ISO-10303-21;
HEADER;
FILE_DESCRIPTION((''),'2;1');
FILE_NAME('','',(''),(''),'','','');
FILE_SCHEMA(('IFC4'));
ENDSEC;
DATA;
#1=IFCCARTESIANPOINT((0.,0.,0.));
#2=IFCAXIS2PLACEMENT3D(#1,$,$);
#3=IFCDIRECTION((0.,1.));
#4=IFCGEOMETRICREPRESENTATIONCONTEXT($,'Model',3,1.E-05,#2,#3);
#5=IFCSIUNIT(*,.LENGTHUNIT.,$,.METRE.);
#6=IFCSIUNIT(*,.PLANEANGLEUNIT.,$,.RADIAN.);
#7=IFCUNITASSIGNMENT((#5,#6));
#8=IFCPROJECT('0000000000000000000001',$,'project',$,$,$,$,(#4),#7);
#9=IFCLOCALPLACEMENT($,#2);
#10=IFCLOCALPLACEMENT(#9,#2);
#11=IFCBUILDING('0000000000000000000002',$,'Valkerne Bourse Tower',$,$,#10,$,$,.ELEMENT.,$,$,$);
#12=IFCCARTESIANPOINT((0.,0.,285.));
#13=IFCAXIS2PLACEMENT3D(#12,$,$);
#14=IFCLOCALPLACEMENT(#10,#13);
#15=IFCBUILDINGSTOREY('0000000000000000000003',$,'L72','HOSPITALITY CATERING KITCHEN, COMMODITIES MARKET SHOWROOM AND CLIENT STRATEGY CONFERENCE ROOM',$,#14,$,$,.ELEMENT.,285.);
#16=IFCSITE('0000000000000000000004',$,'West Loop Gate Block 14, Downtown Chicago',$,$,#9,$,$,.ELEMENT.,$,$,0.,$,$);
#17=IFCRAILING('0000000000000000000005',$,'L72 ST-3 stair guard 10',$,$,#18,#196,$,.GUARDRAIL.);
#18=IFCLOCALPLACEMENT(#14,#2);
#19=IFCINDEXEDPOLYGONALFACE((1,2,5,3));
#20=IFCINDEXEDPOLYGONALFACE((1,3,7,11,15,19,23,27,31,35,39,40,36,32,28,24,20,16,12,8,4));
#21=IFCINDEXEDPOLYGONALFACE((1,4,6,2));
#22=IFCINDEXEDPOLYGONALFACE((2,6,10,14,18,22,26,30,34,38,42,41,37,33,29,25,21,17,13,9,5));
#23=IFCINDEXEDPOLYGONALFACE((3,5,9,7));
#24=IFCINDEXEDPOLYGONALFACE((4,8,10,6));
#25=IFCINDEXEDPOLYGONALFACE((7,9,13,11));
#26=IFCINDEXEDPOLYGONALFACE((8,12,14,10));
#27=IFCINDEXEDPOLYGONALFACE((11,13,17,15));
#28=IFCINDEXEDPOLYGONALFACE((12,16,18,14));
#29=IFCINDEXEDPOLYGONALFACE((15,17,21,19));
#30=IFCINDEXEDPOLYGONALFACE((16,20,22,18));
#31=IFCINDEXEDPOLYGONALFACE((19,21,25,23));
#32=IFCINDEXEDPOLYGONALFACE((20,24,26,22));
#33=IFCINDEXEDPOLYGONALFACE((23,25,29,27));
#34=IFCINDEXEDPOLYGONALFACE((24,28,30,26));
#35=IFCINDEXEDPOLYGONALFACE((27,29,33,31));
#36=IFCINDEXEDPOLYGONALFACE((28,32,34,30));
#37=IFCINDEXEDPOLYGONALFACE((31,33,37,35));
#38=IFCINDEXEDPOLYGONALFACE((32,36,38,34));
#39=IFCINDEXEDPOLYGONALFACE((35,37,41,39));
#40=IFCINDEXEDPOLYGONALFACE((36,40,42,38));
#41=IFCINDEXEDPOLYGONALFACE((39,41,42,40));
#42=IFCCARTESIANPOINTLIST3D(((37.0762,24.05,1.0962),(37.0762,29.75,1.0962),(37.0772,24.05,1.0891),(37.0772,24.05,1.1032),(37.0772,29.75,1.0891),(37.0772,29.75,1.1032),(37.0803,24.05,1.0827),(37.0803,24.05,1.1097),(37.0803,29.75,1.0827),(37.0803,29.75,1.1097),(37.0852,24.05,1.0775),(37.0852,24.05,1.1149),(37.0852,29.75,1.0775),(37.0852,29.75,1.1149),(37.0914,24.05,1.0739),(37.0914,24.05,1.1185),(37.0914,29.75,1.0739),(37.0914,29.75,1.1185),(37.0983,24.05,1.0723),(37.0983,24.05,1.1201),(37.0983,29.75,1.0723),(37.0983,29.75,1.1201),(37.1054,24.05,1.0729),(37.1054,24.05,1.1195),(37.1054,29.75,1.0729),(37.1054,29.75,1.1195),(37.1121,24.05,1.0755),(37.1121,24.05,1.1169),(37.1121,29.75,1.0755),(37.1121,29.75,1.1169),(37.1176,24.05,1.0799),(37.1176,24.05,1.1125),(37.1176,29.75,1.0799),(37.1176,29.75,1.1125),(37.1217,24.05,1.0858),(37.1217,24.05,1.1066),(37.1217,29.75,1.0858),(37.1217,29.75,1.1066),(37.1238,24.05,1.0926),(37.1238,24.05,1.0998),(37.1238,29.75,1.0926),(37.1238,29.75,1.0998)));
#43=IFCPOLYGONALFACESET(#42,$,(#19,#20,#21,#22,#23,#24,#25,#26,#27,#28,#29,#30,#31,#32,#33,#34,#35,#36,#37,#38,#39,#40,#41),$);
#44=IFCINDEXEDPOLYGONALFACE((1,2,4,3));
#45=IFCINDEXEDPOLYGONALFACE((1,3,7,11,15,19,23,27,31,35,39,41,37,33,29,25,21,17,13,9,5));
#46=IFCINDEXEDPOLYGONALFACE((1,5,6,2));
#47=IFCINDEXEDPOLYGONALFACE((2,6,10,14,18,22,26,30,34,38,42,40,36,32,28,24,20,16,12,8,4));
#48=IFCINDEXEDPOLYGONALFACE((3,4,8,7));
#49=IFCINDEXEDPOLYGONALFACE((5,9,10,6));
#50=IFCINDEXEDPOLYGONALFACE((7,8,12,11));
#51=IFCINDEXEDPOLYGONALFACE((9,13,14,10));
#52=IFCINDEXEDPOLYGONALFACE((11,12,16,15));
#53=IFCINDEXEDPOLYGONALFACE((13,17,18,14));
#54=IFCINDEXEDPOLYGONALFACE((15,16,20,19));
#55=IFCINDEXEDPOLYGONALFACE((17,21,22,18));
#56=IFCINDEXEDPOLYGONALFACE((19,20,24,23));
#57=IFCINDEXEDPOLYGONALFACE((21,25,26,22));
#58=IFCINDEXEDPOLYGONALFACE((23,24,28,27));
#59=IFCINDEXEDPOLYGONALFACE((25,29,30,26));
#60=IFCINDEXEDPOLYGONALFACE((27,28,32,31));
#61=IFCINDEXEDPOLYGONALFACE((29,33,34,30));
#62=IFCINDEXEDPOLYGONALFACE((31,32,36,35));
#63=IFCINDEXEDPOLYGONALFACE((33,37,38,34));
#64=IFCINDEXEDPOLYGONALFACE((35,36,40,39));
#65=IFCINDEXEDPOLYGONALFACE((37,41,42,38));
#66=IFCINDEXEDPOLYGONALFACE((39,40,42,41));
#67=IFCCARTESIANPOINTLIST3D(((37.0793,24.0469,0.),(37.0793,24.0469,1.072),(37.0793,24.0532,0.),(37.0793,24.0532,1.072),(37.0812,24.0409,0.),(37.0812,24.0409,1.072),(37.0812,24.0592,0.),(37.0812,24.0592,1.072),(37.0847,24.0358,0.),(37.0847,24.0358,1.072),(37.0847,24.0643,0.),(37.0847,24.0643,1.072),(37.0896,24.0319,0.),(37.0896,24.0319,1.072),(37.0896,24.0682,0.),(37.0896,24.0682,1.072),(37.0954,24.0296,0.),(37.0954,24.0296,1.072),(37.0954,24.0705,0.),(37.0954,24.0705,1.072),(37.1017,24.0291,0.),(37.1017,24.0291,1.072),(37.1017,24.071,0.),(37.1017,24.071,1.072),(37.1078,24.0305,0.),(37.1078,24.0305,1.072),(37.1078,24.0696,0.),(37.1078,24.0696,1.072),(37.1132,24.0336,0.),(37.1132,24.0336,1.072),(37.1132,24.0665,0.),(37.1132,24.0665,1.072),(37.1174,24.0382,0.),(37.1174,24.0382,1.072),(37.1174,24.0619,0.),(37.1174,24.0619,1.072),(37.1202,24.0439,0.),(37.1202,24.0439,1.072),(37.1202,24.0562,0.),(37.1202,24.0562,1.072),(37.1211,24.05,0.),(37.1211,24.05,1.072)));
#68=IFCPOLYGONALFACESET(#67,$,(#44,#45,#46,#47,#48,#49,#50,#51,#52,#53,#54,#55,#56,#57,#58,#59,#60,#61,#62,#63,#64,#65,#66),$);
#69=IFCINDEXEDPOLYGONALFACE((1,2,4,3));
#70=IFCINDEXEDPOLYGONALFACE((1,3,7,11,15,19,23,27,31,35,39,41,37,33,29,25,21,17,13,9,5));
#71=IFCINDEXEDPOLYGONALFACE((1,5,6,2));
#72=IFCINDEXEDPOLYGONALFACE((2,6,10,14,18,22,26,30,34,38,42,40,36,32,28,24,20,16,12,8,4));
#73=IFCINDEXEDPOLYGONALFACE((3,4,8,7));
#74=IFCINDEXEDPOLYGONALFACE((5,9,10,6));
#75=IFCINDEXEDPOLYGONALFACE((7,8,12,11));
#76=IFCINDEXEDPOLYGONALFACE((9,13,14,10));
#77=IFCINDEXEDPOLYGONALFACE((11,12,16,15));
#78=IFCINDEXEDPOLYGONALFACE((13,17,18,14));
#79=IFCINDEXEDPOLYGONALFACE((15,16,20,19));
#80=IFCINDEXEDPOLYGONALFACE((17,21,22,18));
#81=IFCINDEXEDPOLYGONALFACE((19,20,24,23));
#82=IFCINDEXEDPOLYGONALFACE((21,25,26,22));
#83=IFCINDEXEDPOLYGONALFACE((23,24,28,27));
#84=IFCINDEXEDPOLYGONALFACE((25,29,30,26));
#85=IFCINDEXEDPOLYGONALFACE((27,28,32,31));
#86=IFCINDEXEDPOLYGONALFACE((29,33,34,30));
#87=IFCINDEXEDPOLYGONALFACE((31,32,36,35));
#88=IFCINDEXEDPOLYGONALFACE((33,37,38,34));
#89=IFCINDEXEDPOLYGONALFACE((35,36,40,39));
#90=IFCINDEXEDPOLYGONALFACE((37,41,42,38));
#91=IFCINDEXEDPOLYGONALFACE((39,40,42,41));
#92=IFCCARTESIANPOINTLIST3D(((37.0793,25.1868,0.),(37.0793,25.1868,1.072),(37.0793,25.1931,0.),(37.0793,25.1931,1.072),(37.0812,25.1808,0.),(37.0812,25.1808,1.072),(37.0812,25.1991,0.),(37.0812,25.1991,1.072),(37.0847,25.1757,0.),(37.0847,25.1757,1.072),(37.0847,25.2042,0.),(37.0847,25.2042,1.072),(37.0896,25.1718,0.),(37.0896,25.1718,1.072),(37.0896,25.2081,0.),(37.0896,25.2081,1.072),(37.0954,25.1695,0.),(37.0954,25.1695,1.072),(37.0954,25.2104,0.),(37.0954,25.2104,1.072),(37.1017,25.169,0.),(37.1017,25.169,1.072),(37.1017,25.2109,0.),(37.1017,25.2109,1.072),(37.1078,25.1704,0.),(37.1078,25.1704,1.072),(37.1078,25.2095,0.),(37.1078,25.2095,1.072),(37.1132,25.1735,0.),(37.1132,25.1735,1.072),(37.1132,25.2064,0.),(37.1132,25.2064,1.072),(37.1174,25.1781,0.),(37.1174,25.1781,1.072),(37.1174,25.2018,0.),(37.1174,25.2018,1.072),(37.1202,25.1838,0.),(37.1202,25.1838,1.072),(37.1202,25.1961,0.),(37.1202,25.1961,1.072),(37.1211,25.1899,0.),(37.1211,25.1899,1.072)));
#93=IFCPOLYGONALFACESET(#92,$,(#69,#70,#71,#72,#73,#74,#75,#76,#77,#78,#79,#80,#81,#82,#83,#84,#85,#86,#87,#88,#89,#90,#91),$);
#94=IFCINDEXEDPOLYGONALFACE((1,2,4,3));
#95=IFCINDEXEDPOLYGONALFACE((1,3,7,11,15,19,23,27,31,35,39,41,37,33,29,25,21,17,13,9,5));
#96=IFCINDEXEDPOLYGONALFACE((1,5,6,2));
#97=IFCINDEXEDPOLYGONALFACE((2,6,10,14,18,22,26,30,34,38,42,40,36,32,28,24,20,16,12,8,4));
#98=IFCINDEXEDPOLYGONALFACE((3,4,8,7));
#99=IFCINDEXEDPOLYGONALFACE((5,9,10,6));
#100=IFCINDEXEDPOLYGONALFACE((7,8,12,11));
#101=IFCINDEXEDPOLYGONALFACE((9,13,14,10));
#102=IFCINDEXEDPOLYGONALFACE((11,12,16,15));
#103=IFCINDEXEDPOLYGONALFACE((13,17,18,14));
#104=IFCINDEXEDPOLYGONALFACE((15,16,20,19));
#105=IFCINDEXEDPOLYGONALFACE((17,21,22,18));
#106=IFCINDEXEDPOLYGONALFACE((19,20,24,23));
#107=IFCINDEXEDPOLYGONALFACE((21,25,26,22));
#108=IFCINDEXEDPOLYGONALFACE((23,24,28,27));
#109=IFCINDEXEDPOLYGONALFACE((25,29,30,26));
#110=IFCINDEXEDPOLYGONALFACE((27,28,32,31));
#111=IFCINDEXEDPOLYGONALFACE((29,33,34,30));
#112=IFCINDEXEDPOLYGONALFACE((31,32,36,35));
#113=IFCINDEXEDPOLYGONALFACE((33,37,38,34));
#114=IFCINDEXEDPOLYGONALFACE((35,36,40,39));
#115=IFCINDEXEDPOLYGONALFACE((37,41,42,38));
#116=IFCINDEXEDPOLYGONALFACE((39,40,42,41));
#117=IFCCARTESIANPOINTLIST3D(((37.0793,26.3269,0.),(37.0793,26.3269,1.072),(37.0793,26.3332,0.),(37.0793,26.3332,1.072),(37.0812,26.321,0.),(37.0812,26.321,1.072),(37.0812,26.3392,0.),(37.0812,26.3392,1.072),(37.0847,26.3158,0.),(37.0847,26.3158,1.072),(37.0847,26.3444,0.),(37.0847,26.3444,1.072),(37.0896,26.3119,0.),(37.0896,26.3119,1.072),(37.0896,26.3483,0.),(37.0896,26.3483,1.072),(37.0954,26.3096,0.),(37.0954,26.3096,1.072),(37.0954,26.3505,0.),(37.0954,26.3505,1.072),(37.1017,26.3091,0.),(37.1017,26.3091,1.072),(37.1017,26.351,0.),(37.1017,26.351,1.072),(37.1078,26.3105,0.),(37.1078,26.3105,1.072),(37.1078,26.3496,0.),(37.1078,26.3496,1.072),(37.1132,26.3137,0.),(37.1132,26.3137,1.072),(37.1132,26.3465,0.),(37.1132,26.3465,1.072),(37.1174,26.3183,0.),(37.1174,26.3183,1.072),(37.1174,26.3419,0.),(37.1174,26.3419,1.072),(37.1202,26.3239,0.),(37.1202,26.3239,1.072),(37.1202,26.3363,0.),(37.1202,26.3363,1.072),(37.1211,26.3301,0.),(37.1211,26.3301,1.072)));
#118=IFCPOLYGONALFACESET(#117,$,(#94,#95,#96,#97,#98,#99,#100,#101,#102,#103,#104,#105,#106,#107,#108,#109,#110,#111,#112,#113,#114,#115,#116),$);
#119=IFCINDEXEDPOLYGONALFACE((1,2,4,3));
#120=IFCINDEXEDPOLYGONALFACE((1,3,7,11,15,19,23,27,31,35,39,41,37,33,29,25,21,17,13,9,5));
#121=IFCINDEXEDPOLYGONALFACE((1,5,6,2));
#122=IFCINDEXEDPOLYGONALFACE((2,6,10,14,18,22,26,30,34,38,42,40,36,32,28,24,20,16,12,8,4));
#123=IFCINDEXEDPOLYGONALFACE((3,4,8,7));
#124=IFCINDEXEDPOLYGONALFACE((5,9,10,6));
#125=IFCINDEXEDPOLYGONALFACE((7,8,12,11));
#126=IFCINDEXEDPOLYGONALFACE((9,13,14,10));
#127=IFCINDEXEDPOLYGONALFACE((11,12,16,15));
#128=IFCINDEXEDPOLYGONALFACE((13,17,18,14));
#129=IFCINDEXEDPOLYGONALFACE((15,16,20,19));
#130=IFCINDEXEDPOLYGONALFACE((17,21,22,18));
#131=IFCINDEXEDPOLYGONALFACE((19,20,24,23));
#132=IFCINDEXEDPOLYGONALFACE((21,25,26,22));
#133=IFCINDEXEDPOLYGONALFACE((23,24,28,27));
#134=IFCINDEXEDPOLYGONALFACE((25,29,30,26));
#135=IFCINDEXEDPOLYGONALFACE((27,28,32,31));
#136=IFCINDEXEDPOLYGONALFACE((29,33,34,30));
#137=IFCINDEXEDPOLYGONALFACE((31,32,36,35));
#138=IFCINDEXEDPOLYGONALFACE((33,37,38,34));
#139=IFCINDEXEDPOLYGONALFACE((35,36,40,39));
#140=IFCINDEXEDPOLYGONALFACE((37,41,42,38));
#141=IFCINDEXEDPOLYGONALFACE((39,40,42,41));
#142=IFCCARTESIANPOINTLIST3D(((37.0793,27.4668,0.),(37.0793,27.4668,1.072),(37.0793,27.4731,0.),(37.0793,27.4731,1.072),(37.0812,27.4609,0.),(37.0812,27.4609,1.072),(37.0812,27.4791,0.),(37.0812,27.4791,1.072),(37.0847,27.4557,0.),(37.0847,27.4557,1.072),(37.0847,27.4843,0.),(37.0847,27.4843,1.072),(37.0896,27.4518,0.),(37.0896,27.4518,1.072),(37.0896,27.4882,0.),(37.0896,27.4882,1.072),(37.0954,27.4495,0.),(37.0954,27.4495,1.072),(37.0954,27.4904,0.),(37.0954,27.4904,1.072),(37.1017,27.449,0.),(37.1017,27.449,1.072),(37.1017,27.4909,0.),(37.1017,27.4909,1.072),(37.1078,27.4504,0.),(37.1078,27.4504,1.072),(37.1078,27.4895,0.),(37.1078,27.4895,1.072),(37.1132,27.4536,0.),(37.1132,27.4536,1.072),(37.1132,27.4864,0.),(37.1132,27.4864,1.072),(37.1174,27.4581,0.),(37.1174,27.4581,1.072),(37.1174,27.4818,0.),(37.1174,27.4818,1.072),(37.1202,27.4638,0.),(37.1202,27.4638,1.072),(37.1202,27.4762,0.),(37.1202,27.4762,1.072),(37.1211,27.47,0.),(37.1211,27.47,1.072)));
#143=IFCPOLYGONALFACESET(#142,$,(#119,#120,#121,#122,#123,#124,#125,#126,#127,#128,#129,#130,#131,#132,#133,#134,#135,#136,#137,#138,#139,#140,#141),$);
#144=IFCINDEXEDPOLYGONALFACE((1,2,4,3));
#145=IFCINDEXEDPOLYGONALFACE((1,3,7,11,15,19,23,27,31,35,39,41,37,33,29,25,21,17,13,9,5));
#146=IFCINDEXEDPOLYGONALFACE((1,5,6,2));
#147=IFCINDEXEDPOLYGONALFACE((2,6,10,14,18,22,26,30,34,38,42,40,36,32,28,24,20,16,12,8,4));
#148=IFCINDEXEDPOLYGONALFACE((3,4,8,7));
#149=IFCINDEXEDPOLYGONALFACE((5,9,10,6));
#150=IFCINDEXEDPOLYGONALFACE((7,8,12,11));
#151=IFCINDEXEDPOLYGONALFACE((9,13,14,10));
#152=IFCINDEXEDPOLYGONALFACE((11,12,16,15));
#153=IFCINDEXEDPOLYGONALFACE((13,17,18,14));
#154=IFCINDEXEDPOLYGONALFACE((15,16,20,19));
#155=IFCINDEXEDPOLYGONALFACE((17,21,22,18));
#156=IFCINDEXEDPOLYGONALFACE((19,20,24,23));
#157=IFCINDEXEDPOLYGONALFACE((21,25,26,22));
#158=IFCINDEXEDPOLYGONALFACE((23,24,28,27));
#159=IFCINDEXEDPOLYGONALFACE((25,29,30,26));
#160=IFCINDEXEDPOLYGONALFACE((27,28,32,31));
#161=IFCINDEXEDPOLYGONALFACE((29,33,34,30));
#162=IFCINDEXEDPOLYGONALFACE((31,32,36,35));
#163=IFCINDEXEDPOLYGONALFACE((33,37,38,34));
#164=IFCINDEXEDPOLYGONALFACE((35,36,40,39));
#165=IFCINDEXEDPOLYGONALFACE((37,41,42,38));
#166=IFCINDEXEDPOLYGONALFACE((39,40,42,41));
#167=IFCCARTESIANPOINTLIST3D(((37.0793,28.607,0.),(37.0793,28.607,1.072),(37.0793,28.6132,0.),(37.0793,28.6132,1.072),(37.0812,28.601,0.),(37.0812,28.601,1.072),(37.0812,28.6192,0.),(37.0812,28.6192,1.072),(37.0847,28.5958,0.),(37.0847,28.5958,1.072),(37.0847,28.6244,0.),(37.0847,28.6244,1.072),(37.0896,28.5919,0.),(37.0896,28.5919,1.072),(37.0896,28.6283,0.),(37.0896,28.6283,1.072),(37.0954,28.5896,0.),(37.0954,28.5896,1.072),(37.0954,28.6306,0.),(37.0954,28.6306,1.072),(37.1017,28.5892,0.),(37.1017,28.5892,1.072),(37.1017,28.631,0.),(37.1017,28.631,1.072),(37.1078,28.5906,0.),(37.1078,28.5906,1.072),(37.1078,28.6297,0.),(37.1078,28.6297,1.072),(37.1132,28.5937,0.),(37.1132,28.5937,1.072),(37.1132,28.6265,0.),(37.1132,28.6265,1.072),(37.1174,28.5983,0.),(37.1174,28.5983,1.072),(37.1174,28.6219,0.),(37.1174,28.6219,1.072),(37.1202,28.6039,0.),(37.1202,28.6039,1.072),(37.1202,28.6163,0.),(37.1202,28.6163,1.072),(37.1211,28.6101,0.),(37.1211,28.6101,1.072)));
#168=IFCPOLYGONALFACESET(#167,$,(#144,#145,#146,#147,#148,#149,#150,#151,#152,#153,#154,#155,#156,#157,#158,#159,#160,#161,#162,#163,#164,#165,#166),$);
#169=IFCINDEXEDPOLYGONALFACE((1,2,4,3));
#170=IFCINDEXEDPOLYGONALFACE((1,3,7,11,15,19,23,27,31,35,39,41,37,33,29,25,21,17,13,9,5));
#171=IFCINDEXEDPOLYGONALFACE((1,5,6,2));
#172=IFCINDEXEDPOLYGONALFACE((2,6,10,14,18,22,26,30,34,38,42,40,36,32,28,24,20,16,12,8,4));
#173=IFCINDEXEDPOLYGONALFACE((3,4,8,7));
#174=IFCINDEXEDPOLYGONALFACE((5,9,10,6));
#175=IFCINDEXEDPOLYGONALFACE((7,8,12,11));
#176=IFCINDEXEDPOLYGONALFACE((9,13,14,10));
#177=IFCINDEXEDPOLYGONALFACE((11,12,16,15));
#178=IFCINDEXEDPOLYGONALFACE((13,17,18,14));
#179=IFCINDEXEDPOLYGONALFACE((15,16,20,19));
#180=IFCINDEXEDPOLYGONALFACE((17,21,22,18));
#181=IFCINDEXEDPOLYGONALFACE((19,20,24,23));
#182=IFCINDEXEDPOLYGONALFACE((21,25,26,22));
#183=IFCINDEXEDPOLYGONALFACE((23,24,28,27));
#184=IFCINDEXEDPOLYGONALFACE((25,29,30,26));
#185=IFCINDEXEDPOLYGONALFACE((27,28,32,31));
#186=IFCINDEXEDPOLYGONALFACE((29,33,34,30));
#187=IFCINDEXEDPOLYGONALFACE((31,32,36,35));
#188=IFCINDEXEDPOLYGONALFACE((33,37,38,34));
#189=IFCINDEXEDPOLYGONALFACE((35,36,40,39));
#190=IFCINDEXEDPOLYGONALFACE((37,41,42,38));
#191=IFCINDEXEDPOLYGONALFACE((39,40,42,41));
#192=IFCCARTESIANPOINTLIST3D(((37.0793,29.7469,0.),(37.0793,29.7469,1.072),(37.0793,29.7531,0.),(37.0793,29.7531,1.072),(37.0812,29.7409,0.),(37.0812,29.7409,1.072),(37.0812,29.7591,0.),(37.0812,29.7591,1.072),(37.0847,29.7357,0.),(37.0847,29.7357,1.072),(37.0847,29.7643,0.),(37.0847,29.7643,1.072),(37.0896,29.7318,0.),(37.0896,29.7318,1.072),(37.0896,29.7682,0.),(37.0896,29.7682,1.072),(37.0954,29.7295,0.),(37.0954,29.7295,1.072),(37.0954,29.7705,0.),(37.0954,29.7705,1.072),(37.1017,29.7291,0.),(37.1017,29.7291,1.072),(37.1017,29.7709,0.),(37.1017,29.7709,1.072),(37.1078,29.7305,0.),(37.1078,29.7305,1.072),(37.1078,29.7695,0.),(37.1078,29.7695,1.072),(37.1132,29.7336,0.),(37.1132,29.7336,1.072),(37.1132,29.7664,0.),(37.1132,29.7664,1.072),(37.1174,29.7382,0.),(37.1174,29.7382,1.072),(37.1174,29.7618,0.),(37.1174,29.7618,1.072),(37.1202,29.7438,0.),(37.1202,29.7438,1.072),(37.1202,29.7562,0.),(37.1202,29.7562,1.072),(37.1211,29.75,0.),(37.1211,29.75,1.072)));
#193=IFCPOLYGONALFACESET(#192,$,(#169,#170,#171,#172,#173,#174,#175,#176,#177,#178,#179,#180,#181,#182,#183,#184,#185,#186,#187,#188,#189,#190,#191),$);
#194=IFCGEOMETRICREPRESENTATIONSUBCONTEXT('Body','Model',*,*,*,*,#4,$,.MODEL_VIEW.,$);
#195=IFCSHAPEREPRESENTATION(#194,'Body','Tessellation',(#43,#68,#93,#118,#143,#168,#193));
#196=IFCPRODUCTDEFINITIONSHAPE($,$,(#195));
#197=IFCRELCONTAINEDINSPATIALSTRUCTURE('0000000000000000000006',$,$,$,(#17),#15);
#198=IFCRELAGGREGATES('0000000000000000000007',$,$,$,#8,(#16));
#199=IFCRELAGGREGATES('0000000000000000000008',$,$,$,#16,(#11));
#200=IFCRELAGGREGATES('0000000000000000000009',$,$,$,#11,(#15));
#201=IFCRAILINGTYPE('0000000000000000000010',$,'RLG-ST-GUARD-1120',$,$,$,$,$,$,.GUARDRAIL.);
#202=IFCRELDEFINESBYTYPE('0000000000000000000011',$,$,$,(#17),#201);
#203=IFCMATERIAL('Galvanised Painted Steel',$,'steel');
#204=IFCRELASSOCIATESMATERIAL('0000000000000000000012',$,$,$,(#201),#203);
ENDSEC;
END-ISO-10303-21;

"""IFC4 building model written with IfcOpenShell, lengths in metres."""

from ifc_helpers import new_model, si_unit, direction, frame, origin, origin_2d, place, context, subcontext, project, spatial, circle, extrude, material, type_object, element, save


model = new_model("IFC4")

# Units and contexts
model_context = context("Model", 3, precision=1e-05, world=origin(), true_north=direction((0.0, 1.0)))
body_context = subcontext(model_context, "Body", "Model", "MODEL_VIEW")
ifc_project = project(units=[si_unit("LENGTHUNIT", "METRE"), si_unit("PLANEANGLEUNIT", "RADIAN")], contexts=[model_context])

# Site, building, storey
site_placement = place(None, origin())
site = spatial("IfcSite", under=ifc_project, at=site_placement, Name="West Loop Gate Block 14, Downtown Chicago", CompositionType="ELEMENT", RefElevation=0.0)
building_placement = place(site_placement, origin())
building = spatial("IfcBuilding", under=site, at=building_placement, Name="Valkerne Bourse Tower", CompositionType="ELEMENT")
storey_placement = place(building_placement, frame((0.0, 0.0, 285.0)))
storey = spatial("IfcBuildingStorey", under=building, at=storey_placement, Name="L72", Description="HOSPITALITY CATERING KITCHEN, COMMODITIES MARKET SHOWROOM AND CLIENT STRATEGY CONFERENCE ROOM", CompositionType="ELEMENT", Elevation=285.0)

# Railing
ifc_material_1 = material(Name="Galvanised Painted Steel", Category="steel")
railing_type_1 = type_object("IfcRailingType", Name="RLG-ST-GUARD-1120", PredefinedType="GUARDRAIL", material=ifc_material_1)
railing_1_placement = place(storey_placement, frame((37.1001, 24.05, 0.0)))
element("IfcRailing", 1, at=railing_1_placement, inside=storey, type_object=railing_type_1, Name="L72 ST-3 stair guard 10", PredefinedType="GUARDRAIL", context=body_context, shape_type="SweptSolid", body=[
    extrude(circle(Radius=0.0239, at=origin_2d()), frame((0.0, 0.0, 1.0962), z_axis=(0.0, 1.0, 0.0), x_axis=(-1.0, 0.0, 0.0)), (0.0, 0.0, 1.0), 5.7),
    extrude(circle(Radius=0.021, at=origin_2d()), origin(), (0.0, 0.0, 1.0), 1.072),
    extrude(circle(Radius=0.021, at=origin_2d()), frame((0.0, 1.1399, 0.0)), (0.0, 0.0, 1.0), 1.072),
    extrude(circle(Radius=0.021, at=origin_2d()), frame((0.0, 2.28, 0.0)), (0.0, 0.0, 1.0), 1.072),
    extrude(circle(Radius=0.021, at=origin_2d()), frame((0.0, 3.4199, 0.0)), (0.0, 0.0, 1.0), 1.072),
    extrude(circle(Radius=0.021, at=origin_2d()), frame((0.0, 4.5601, 0.0)), (0.0, 0.0, 1.0), 1.072),
    extrude(circle(Radius=0.021, at=origin_2d()), frame((0.0, 5.7, 0.0)), (0.0, 0.0, 1.0), 1.072),
])

save(model, "model.ifc")
